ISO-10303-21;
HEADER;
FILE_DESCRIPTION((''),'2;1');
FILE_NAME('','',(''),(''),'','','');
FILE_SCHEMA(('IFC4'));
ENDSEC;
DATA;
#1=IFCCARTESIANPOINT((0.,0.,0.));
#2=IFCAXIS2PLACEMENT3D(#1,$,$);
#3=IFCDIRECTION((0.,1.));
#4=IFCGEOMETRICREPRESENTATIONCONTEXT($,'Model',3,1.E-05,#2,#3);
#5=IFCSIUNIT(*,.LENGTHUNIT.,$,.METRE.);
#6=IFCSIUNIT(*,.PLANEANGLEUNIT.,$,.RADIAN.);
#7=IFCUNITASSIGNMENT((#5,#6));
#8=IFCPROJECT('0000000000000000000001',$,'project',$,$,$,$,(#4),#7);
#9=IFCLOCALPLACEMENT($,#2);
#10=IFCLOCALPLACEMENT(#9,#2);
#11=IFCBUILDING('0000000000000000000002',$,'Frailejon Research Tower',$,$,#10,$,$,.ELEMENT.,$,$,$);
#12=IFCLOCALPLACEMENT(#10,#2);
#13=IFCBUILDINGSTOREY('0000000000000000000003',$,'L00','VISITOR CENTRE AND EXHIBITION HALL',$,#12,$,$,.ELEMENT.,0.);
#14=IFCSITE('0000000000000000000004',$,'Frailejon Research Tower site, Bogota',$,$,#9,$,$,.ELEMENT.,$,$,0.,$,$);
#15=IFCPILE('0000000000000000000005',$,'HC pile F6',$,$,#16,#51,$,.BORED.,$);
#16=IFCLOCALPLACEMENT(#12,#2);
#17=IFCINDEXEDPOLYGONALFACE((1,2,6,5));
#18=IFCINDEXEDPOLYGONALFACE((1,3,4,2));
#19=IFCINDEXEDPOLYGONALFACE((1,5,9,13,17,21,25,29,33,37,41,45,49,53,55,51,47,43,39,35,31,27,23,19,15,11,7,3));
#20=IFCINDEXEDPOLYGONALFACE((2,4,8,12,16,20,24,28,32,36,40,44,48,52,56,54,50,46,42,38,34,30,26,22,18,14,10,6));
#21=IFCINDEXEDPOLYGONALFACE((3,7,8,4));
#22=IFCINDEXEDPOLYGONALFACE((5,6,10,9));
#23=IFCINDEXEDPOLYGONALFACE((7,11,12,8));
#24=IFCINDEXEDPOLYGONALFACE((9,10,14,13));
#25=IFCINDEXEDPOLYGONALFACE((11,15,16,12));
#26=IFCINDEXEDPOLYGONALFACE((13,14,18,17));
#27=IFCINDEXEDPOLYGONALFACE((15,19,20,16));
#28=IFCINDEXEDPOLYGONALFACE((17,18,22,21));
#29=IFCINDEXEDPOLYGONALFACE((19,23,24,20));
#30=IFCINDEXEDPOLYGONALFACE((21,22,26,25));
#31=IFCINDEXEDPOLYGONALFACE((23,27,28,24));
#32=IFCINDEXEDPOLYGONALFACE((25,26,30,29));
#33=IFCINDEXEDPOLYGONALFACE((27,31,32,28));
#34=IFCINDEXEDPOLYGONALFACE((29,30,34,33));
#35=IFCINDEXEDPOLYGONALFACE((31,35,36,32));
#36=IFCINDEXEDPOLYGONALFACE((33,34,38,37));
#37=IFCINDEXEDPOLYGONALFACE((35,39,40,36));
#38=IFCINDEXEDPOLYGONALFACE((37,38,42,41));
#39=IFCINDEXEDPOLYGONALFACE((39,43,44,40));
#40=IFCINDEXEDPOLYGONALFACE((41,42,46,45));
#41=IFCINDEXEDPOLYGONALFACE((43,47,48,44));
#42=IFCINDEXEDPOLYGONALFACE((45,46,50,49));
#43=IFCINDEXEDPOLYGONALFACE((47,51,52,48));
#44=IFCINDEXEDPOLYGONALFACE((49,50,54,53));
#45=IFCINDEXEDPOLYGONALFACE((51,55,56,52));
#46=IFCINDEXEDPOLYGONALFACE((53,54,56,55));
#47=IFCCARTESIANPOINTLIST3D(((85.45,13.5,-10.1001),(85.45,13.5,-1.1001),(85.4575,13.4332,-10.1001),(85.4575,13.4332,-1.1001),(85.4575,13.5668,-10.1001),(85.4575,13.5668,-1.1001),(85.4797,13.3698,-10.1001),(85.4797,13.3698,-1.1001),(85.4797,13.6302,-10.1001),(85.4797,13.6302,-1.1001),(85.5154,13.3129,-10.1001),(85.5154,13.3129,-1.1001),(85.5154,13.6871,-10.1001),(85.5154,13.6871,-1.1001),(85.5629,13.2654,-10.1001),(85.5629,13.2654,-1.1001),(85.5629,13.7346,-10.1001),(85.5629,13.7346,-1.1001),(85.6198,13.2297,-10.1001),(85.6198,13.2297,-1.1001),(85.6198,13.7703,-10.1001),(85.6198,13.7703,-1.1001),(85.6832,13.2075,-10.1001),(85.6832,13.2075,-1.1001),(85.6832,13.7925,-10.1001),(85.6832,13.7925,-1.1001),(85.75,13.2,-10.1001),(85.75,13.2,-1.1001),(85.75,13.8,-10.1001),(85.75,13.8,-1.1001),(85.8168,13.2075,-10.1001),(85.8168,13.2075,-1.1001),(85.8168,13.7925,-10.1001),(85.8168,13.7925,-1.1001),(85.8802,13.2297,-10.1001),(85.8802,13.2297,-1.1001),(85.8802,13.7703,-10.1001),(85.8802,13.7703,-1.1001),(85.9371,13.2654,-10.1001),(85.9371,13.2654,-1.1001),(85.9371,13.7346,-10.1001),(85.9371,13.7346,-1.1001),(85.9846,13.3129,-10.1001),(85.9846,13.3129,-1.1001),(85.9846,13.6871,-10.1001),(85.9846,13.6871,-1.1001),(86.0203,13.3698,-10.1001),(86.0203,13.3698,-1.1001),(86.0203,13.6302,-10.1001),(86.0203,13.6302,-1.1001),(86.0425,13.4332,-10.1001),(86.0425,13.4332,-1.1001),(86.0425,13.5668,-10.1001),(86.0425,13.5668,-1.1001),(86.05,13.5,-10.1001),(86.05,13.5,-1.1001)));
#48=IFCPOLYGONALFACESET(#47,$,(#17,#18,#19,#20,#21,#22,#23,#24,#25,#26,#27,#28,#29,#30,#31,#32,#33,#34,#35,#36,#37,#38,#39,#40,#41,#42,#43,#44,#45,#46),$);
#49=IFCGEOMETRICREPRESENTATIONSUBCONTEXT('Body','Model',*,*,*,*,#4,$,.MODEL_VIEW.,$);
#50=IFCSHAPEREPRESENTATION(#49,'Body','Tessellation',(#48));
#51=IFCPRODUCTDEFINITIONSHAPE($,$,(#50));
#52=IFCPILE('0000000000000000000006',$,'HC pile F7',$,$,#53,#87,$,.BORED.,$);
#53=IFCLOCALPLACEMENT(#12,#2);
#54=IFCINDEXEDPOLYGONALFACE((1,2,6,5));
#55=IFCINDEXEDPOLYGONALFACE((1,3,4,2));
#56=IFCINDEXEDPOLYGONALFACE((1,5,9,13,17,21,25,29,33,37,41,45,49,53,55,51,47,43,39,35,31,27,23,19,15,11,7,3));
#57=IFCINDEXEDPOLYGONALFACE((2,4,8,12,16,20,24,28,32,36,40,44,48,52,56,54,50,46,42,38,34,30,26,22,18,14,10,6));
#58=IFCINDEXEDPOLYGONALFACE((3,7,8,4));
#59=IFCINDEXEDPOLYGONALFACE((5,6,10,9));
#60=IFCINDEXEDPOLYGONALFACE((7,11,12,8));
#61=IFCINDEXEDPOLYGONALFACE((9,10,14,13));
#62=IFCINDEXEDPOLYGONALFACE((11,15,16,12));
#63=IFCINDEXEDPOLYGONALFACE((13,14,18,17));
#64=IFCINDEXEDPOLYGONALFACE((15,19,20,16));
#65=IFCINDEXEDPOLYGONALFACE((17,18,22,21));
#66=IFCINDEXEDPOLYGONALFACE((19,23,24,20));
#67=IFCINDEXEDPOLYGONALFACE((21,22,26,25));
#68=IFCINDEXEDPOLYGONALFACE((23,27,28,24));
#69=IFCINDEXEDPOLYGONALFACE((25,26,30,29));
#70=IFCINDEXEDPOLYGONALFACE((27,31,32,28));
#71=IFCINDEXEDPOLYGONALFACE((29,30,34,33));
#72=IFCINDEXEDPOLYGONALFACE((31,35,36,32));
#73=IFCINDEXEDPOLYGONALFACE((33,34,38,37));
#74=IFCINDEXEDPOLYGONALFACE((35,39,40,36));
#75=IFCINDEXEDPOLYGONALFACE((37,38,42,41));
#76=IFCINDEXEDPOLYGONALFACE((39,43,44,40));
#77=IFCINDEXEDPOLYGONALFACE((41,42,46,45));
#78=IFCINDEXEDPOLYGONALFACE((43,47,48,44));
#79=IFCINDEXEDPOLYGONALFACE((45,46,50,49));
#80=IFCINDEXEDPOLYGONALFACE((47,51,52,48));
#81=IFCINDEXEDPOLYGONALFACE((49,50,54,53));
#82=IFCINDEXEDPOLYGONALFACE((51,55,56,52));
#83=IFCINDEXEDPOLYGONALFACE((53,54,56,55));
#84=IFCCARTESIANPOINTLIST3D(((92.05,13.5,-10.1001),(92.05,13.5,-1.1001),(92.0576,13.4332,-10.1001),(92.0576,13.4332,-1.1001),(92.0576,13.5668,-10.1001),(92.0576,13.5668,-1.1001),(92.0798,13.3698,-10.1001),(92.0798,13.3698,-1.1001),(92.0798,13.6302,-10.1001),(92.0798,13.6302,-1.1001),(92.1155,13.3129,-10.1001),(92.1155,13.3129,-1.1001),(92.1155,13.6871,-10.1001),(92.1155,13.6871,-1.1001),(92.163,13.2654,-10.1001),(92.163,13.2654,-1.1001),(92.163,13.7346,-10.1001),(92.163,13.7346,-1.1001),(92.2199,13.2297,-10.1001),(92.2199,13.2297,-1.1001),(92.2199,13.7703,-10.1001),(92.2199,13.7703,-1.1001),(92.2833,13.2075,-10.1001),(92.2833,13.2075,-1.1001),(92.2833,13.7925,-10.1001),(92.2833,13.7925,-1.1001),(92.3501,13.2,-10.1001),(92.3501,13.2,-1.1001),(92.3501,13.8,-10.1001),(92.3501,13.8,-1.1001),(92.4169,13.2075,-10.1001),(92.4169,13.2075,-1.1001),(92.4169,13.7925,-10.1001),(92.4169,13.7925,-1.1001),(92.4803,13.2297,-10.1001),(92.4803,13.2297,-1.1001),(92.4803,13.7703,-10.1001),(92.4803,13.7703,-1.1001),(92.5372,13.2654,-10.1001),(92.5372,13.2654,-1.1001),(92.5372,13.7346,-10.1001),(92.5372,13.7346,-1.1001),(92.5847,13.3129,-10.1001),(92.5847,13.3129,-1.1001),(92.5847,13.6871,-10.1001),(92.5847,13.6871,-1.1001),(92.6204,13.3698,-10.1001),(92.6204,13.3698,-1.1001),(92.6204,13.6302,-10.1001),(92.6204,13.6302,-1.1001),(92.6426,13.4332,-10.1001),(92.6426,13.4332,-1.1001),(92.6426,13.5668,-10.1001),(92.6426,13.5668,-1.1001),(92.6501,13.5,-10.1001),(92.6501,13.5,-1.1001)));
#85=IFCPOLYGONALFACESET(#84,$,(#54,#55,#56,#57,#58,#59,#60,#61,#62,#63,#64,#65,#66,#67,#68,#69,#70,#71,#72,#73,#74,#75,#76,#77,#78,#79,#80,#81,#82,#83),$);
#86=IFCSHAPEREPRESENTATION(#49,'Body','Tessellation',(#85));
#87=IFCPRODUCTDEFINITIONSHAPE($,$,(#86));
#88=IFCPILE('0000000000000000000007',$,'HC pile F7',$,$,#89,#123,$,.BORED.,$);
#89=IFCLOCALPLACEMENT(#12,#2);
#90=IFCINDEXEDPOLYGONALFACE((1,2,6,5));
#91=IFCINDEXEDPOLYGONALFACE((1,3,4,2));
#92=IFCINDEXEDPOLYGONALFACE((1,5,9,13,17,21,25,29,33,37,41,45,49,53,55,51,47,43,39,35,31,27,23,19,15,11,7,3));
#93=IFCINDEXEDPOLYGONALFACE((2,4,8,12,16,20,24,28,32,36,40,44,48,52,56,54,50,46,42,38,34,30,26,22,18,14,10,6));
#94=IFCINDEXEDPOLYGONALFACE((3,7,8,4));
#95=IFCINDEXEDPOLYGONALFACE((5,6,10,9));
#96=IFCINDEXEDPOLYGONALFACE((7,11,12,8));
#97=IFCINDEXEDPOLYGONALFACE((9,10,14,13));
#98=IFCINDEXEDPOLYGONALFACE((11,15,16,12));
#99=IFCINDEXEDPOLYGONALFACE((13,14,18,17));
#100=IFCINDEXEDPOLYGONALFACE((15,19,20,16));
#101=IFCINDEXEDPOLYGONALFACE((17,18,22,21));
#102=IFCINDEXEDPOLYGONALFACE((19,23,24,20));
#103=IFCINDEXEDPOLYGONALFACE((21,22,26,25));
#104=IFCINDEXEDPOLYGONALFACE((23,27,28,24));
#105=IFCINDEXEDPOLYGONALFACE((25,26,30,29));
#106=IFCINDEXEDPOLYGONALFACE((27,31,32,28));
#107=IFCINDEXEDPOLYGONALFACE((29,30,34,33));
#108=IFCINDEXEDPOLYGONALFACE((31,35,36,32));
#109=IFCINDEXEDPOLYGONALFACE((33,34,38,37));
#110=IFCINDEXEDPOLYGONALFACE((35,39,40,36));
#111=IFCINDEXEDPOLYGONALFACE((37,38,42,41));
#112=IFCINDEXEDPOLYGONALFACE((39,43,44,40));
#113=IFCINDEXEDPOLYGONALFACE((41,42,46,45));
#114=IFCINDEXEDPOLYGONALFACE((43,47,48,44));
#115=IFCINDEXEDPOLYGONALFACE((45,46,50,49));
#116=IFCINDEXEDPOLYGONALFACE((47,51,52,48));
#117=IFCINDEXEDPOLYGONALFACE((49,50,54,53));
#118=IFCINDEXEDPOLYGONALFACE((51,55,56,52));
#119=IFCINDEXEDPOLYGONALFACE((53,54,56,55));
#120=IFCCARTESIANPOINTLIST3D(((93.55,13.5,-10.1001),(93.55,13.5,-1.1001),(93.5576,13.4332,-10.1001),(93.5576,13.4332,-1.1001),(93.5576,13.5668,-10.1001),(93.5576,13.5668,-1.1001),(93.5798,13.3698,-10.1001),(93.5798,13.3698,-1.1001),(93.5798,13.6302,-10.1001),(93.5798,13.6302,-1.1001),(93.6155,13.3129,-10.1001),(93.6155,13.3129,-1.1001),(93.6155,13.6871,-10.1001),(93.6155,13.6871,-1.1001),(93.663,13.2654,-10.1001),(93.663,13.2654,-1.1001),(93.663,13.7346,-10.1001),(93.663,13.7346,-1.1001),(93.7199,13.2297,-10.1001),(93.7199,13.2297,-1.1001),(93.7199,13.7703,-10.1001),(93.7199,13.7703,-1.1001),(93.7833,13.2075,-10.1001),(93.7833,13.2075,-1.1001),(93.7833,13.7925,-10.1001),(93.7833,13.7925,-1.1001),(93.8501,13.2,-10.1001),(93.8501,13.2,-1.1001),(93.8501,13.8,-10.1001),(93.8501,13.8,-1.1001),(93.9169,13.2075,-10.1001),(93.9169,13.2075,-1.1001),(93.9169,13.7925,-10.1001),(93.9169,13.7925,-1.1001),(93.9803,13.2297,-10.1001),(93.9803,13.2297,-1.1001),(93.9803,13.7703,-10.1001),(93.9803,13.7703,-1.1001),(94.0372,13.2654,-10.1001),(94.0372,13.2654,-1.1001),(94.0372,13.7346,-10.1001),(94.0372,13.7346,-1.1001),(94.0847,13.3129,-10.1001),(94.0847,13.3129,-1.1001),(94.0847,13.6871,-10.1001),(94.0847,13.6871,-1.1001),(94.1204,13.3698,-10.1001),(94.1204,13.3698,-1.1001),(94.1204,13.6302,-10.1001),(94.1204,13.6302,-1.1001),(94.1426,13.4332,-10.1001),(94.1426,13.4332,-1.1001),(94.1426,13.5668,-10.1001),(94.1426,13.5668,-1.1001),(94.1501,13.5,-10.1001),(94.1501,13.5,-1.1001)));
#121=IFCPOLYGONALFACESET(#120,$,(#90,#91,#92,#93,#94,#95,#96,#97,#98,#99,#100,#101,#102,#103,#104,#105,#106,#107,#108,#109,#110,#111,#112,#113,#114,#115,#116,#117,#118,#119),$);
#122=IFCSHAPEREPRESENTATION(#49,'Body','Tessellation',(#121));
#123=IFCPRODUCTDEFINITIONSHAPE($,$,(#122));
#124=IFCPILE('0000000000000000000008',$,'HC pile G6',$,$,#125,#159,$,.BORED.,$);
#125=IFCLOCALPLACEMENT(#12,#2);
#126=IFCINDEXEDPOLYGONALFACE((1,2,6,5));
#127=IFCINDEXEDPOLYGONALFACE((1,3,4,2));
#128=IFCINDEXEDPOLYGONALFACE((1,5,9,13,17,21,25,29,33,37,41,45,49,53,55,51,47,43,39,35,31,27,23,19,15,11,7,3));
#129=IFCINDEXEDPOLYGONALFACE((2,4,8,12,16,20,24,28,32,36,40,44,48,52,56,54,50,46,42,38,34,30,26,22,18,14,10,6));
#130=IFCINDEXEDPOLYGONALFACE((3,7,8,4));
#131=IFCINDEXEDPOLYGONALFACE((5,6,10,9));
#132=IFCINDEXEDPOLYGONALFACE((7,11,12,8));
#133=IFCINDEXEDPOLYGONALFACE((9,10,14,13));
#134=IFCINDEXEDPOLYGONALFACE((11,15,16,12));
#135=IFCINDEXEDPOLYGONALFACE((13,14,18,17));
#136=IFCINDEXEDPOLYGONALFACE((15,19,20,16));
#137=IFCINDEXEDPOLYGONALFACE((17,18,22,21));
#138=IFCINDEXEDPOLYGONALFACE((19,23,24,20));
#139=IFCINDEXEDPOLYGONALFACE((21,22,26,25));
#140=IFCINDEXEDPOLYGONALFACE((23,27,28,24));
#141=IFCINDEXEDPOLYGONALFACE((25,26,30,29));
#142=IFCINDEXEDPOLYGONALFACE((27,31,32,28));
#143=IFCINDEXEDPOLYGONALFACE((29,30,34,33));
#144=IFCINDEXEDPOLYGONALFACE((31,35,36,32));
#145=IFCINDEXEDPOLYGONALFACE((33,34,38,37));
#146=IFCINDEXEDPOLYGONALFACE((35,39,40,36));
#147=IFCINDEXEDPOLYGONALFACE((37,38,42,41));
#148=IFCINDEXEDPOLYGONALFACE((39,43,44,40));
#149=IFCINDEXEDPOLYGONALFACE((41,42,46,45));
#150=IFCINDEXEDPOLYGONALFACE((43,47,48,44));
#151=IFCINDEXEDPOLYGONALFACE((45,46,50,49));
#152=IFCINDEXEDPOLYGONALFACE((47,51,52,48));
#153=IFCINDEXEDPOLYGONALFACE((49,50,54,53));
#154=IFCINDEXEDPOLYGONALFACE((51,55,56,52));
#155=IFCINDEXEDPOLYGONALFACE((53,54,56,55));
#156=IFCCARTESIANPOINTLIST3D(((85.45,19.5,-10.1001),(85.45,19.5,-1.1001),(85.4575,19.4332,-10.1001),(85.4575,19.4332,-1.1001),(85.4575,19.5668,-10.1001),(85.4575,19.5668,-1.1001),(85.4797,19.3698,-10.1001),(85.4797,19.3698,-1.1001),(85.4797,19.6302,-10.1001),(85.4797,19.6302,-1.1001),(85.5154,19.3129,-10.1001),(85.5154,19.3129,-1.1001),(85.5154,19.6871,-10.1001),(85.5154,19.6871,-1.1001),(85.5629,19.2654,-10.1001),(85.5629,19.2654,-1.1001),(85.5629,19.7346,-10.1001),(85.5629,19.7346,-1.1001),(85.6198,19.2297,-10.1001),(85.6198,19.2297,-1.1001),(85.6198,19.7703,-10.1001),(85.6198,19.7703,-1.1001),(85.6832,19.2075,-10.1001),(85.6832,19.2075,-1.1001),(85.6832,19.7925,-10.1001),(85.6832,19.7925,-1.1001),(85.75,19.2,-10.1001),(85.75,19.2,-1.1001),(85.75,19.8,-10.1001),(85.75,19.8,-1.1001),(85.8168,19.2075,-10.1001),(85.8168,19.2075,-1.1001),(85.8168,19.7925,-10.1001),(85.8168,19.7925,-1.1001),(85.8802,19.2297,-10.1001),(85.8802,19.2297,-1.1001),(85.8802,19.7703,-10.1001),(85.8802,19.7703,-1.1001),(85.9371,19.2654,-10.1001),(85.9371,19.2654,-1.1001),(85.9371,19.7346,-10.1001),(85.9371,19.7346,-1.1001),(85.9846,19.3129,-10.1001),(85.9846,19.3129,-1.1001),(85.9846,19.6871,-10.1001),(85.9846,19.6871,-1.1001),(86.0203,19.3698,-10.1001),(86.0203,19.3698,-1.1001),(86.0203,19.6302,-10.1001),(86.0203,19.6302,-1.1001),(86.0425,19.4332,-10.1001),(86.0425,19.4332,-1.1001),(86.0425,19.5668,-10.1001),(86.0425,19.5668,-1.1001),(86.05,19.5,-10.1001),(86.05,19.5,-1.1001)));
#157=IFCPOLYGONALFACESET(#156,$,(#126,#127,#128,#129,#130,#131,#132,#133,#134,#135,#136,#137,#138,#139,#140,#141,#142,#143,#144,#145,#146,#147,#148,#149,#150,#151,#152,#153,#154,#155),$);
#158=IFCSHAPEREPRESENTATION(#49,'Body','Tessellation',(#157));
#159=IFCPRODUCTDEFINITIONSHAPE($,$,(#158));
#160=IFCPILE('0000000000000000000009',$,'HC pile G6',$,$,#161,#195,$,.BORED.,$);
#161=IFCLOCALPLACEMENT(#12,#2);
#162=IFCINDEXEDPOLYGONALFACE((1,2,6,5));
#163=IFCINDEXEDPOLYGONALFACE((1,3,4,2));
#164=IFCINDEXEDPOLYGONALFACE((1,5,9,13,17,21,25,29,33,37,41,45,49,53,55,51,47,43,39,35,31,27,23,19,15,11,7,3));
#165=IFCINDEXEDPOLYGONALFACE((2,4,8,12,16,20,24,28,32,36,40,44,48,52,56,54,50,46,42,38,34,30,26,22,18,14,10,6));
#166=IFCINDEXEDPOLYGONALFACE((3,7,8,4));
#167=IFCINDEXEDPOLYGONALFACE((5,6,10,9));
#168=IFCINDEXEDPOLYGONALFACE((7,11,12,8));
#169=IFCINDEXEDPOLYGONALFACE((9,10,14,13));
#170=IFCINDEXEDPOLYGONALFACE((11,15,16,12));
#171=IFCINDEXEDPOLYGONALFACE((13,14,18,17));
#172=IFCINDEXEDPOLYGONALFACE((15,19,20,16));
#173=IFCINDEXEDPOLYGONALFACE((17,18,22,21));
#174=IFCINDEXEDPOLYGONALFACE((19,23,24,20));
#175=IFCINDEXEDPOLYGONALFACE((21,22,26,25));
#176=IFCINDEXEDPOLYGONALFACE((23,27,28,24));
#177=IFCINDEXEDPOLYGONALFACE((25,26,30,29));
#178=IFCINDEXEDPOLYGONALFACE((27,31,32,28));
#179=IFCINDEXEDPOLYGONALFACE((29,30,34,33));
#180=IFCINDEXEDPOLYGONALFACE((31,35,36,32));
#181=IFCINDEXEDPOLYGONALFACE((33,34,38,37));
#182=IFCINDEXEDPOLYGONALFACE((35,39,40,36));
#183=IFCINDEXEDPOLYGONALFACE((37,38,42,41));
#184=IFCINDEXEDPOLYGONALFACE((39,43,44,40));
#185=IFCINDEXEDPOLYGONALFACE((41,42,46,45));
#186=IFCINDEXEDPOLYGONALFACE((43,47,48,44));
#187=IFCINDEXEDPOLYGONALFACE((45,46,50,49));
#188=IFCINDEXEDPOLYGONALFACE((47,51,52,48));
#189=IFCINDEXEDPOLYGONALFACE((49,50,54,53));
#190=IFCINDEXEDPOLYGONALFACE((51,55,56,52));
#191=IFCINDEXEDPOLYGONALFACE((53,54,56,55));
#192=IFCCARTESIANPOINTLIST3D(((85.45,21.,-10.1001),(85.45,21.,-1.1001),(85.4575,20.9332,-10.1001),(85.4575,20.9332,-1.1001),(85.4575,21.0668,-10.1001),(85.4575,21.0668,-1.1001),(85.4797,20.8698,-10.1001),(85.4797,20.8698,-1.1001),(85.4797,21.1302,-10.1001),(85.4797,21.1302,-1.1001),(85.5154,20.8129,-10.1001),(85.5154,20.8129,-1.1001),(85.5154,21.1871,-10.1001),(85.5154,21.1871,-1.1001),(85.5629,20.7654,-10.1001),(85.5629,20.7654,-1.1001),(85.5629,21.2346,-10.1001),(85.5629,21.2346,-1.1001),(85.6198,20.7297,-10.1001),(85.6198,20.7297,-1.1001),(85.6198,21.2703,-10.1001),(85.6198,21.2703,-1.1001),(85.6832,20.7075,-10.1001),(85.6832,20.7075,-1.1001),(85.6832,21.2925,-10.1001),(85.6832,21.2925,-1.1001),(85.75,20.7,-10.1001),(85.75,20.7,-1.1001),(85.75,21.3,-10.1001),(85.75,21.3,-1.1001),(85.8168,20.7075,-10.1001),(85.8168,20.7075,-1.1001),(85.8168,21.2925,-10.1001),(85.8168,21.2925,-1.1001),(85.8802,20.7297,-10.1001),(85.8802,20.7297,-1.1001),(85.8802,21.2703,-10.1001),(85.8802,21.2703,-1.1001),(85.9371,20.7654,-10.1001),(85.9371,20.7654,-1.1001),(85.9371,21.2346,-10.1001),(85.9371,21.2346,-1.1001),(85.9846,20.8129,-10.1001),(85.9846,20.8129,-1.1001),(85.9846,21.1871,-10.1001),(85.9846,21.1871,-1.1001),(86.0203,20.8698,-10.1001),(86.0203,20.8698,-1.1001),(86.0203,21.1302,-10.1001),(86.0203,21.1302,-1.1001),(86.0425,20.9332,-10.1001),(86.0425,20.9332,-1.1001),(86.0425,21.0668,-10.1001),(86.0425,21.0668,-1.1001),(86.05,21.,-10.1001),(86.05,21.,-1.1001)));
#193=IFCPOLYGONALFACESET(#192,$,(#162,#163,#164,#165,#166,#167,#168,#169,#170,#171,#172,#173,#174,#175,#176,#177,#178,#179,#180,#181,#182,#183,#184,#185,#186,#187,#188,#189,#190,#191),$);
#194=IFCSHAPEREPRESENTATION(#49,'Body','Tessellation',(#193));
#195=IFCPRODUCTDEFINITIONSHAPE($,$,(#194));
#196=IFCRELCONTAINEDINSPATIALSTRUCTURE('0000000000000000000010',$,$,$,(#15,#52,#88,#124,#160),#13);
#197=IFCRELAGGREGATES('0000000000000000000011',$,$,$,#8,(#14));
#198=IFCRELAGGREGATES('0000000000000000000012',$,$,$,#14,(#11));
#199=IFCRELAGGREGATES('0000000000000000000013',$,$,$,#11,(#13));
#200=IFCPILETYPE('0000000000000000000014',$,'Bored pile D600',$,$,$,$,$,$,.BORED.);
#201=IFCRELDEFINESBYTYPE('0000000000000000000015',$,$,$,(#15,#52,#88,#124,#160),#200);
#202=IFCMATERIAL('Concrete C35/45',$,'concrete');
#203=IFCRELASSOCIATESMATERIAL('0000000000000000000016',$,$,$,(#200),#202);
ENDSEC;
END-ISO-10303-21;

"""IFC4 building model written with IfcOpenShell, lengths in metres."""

from ifc_helpers import new_model, si_unit, direction, frame, origin, origin_2d, place, context, subcontext, project, spatial, circle, extrude, material, material_profile, profile_set, type_object, element, save


model = new_model("IFC4")

# Units and contexts
model_context = context("Model", 3, precision=1e-05, world=origin(), true_north=direction((0.0, 1.0)))
body_context = subcontext(model_context, "Body", "Model", "MODEL_VIEW")
ifc_project = project(units=[si_unit("LENGTHUNIT", "METRE"), si_unit("PLANEANGLEUNIT", "RADIAN")], contexts=[model_context])

# Site, building, storey
site_placement = place(None, origin())
site = spatial("IfcSite", under=ifc_project, at=site_placement, Name="Frailejon Research Tower site, Bogota", CompositionType="ELEMENT", RefElevation=0.0)
building_placement = place(site_placement, origin())
building = spatial("IfcBuilding", under=site, at=building_placement, Name="Frailejon Research Tower", CompositionType="ELEMENT")
storey_placement = place(building_placement, origin())
storey = spatial("IfcBuildingStorey", under=building, at=storey_placement, Name="L00", Description="VISITOR CENTRE AND EXHIBITION HALL", CompositionType="ELEMENT", Elevation=0.0)

# Piles
ifc_material_1 = material(Name="Concrete C35/45", Category="concrete")
ifc_material_profile_1 = material_profile(ifc_material_1, circle(Radius=0.3, at=origin_2d()), Name="Bored pile D600")
ifc_profile_set_1 = profile_set([ifc_material_profile_1], Name="Concrete C35/45")
pile_type = type_object("IfcPileType", Name="Bored pile D600", PredefinedType="BORED", material=ifc_profile_set_1)
for number, where, z_axis, x_axis, name in (
    (1, (85.75, 13.5, -1.1001), (0.0, 0.0, -1.0), (1.0, 0.0, 0.0), "HC pile F6"),
    (2, (92.3501, 13.5, -1.1001), (0.0, 0.0, -1.0), (1.0, 0.0, 0.0), "HC pile F7"),
    (3, (93.8501, 13.5, -1.1001), (0.0, 0.0, -1.0), (1.0, 0.0, 0.0), "HC pile F7"),
    (4, (85.75, 19.5, -1.1001), (0.0, 0.0, -1.0), (1.0, 0.0, 0.0), "HC pile G6"),
    (5, (85.75, 21.0, -1.1001), (0.0, 0.0, -1.0), (1.0, 0.0, 0.0), "HC pile G6"),
):
    element("IfcPile", number, at=place(storey_placement, frame(where, z_axis=z_axis, x_axis=x_axis)), inside=storey, type_object=pile_type, Name=name, PredefinedType="BORED", context=body_context, shape_type="SweptSolid", body=[
        extrude(circle(Radius=0.3, at=origin_2d()), origin(), (0.0, 0.0, 1.0), 9.0),
    ])

save(model, "model.ifc")
